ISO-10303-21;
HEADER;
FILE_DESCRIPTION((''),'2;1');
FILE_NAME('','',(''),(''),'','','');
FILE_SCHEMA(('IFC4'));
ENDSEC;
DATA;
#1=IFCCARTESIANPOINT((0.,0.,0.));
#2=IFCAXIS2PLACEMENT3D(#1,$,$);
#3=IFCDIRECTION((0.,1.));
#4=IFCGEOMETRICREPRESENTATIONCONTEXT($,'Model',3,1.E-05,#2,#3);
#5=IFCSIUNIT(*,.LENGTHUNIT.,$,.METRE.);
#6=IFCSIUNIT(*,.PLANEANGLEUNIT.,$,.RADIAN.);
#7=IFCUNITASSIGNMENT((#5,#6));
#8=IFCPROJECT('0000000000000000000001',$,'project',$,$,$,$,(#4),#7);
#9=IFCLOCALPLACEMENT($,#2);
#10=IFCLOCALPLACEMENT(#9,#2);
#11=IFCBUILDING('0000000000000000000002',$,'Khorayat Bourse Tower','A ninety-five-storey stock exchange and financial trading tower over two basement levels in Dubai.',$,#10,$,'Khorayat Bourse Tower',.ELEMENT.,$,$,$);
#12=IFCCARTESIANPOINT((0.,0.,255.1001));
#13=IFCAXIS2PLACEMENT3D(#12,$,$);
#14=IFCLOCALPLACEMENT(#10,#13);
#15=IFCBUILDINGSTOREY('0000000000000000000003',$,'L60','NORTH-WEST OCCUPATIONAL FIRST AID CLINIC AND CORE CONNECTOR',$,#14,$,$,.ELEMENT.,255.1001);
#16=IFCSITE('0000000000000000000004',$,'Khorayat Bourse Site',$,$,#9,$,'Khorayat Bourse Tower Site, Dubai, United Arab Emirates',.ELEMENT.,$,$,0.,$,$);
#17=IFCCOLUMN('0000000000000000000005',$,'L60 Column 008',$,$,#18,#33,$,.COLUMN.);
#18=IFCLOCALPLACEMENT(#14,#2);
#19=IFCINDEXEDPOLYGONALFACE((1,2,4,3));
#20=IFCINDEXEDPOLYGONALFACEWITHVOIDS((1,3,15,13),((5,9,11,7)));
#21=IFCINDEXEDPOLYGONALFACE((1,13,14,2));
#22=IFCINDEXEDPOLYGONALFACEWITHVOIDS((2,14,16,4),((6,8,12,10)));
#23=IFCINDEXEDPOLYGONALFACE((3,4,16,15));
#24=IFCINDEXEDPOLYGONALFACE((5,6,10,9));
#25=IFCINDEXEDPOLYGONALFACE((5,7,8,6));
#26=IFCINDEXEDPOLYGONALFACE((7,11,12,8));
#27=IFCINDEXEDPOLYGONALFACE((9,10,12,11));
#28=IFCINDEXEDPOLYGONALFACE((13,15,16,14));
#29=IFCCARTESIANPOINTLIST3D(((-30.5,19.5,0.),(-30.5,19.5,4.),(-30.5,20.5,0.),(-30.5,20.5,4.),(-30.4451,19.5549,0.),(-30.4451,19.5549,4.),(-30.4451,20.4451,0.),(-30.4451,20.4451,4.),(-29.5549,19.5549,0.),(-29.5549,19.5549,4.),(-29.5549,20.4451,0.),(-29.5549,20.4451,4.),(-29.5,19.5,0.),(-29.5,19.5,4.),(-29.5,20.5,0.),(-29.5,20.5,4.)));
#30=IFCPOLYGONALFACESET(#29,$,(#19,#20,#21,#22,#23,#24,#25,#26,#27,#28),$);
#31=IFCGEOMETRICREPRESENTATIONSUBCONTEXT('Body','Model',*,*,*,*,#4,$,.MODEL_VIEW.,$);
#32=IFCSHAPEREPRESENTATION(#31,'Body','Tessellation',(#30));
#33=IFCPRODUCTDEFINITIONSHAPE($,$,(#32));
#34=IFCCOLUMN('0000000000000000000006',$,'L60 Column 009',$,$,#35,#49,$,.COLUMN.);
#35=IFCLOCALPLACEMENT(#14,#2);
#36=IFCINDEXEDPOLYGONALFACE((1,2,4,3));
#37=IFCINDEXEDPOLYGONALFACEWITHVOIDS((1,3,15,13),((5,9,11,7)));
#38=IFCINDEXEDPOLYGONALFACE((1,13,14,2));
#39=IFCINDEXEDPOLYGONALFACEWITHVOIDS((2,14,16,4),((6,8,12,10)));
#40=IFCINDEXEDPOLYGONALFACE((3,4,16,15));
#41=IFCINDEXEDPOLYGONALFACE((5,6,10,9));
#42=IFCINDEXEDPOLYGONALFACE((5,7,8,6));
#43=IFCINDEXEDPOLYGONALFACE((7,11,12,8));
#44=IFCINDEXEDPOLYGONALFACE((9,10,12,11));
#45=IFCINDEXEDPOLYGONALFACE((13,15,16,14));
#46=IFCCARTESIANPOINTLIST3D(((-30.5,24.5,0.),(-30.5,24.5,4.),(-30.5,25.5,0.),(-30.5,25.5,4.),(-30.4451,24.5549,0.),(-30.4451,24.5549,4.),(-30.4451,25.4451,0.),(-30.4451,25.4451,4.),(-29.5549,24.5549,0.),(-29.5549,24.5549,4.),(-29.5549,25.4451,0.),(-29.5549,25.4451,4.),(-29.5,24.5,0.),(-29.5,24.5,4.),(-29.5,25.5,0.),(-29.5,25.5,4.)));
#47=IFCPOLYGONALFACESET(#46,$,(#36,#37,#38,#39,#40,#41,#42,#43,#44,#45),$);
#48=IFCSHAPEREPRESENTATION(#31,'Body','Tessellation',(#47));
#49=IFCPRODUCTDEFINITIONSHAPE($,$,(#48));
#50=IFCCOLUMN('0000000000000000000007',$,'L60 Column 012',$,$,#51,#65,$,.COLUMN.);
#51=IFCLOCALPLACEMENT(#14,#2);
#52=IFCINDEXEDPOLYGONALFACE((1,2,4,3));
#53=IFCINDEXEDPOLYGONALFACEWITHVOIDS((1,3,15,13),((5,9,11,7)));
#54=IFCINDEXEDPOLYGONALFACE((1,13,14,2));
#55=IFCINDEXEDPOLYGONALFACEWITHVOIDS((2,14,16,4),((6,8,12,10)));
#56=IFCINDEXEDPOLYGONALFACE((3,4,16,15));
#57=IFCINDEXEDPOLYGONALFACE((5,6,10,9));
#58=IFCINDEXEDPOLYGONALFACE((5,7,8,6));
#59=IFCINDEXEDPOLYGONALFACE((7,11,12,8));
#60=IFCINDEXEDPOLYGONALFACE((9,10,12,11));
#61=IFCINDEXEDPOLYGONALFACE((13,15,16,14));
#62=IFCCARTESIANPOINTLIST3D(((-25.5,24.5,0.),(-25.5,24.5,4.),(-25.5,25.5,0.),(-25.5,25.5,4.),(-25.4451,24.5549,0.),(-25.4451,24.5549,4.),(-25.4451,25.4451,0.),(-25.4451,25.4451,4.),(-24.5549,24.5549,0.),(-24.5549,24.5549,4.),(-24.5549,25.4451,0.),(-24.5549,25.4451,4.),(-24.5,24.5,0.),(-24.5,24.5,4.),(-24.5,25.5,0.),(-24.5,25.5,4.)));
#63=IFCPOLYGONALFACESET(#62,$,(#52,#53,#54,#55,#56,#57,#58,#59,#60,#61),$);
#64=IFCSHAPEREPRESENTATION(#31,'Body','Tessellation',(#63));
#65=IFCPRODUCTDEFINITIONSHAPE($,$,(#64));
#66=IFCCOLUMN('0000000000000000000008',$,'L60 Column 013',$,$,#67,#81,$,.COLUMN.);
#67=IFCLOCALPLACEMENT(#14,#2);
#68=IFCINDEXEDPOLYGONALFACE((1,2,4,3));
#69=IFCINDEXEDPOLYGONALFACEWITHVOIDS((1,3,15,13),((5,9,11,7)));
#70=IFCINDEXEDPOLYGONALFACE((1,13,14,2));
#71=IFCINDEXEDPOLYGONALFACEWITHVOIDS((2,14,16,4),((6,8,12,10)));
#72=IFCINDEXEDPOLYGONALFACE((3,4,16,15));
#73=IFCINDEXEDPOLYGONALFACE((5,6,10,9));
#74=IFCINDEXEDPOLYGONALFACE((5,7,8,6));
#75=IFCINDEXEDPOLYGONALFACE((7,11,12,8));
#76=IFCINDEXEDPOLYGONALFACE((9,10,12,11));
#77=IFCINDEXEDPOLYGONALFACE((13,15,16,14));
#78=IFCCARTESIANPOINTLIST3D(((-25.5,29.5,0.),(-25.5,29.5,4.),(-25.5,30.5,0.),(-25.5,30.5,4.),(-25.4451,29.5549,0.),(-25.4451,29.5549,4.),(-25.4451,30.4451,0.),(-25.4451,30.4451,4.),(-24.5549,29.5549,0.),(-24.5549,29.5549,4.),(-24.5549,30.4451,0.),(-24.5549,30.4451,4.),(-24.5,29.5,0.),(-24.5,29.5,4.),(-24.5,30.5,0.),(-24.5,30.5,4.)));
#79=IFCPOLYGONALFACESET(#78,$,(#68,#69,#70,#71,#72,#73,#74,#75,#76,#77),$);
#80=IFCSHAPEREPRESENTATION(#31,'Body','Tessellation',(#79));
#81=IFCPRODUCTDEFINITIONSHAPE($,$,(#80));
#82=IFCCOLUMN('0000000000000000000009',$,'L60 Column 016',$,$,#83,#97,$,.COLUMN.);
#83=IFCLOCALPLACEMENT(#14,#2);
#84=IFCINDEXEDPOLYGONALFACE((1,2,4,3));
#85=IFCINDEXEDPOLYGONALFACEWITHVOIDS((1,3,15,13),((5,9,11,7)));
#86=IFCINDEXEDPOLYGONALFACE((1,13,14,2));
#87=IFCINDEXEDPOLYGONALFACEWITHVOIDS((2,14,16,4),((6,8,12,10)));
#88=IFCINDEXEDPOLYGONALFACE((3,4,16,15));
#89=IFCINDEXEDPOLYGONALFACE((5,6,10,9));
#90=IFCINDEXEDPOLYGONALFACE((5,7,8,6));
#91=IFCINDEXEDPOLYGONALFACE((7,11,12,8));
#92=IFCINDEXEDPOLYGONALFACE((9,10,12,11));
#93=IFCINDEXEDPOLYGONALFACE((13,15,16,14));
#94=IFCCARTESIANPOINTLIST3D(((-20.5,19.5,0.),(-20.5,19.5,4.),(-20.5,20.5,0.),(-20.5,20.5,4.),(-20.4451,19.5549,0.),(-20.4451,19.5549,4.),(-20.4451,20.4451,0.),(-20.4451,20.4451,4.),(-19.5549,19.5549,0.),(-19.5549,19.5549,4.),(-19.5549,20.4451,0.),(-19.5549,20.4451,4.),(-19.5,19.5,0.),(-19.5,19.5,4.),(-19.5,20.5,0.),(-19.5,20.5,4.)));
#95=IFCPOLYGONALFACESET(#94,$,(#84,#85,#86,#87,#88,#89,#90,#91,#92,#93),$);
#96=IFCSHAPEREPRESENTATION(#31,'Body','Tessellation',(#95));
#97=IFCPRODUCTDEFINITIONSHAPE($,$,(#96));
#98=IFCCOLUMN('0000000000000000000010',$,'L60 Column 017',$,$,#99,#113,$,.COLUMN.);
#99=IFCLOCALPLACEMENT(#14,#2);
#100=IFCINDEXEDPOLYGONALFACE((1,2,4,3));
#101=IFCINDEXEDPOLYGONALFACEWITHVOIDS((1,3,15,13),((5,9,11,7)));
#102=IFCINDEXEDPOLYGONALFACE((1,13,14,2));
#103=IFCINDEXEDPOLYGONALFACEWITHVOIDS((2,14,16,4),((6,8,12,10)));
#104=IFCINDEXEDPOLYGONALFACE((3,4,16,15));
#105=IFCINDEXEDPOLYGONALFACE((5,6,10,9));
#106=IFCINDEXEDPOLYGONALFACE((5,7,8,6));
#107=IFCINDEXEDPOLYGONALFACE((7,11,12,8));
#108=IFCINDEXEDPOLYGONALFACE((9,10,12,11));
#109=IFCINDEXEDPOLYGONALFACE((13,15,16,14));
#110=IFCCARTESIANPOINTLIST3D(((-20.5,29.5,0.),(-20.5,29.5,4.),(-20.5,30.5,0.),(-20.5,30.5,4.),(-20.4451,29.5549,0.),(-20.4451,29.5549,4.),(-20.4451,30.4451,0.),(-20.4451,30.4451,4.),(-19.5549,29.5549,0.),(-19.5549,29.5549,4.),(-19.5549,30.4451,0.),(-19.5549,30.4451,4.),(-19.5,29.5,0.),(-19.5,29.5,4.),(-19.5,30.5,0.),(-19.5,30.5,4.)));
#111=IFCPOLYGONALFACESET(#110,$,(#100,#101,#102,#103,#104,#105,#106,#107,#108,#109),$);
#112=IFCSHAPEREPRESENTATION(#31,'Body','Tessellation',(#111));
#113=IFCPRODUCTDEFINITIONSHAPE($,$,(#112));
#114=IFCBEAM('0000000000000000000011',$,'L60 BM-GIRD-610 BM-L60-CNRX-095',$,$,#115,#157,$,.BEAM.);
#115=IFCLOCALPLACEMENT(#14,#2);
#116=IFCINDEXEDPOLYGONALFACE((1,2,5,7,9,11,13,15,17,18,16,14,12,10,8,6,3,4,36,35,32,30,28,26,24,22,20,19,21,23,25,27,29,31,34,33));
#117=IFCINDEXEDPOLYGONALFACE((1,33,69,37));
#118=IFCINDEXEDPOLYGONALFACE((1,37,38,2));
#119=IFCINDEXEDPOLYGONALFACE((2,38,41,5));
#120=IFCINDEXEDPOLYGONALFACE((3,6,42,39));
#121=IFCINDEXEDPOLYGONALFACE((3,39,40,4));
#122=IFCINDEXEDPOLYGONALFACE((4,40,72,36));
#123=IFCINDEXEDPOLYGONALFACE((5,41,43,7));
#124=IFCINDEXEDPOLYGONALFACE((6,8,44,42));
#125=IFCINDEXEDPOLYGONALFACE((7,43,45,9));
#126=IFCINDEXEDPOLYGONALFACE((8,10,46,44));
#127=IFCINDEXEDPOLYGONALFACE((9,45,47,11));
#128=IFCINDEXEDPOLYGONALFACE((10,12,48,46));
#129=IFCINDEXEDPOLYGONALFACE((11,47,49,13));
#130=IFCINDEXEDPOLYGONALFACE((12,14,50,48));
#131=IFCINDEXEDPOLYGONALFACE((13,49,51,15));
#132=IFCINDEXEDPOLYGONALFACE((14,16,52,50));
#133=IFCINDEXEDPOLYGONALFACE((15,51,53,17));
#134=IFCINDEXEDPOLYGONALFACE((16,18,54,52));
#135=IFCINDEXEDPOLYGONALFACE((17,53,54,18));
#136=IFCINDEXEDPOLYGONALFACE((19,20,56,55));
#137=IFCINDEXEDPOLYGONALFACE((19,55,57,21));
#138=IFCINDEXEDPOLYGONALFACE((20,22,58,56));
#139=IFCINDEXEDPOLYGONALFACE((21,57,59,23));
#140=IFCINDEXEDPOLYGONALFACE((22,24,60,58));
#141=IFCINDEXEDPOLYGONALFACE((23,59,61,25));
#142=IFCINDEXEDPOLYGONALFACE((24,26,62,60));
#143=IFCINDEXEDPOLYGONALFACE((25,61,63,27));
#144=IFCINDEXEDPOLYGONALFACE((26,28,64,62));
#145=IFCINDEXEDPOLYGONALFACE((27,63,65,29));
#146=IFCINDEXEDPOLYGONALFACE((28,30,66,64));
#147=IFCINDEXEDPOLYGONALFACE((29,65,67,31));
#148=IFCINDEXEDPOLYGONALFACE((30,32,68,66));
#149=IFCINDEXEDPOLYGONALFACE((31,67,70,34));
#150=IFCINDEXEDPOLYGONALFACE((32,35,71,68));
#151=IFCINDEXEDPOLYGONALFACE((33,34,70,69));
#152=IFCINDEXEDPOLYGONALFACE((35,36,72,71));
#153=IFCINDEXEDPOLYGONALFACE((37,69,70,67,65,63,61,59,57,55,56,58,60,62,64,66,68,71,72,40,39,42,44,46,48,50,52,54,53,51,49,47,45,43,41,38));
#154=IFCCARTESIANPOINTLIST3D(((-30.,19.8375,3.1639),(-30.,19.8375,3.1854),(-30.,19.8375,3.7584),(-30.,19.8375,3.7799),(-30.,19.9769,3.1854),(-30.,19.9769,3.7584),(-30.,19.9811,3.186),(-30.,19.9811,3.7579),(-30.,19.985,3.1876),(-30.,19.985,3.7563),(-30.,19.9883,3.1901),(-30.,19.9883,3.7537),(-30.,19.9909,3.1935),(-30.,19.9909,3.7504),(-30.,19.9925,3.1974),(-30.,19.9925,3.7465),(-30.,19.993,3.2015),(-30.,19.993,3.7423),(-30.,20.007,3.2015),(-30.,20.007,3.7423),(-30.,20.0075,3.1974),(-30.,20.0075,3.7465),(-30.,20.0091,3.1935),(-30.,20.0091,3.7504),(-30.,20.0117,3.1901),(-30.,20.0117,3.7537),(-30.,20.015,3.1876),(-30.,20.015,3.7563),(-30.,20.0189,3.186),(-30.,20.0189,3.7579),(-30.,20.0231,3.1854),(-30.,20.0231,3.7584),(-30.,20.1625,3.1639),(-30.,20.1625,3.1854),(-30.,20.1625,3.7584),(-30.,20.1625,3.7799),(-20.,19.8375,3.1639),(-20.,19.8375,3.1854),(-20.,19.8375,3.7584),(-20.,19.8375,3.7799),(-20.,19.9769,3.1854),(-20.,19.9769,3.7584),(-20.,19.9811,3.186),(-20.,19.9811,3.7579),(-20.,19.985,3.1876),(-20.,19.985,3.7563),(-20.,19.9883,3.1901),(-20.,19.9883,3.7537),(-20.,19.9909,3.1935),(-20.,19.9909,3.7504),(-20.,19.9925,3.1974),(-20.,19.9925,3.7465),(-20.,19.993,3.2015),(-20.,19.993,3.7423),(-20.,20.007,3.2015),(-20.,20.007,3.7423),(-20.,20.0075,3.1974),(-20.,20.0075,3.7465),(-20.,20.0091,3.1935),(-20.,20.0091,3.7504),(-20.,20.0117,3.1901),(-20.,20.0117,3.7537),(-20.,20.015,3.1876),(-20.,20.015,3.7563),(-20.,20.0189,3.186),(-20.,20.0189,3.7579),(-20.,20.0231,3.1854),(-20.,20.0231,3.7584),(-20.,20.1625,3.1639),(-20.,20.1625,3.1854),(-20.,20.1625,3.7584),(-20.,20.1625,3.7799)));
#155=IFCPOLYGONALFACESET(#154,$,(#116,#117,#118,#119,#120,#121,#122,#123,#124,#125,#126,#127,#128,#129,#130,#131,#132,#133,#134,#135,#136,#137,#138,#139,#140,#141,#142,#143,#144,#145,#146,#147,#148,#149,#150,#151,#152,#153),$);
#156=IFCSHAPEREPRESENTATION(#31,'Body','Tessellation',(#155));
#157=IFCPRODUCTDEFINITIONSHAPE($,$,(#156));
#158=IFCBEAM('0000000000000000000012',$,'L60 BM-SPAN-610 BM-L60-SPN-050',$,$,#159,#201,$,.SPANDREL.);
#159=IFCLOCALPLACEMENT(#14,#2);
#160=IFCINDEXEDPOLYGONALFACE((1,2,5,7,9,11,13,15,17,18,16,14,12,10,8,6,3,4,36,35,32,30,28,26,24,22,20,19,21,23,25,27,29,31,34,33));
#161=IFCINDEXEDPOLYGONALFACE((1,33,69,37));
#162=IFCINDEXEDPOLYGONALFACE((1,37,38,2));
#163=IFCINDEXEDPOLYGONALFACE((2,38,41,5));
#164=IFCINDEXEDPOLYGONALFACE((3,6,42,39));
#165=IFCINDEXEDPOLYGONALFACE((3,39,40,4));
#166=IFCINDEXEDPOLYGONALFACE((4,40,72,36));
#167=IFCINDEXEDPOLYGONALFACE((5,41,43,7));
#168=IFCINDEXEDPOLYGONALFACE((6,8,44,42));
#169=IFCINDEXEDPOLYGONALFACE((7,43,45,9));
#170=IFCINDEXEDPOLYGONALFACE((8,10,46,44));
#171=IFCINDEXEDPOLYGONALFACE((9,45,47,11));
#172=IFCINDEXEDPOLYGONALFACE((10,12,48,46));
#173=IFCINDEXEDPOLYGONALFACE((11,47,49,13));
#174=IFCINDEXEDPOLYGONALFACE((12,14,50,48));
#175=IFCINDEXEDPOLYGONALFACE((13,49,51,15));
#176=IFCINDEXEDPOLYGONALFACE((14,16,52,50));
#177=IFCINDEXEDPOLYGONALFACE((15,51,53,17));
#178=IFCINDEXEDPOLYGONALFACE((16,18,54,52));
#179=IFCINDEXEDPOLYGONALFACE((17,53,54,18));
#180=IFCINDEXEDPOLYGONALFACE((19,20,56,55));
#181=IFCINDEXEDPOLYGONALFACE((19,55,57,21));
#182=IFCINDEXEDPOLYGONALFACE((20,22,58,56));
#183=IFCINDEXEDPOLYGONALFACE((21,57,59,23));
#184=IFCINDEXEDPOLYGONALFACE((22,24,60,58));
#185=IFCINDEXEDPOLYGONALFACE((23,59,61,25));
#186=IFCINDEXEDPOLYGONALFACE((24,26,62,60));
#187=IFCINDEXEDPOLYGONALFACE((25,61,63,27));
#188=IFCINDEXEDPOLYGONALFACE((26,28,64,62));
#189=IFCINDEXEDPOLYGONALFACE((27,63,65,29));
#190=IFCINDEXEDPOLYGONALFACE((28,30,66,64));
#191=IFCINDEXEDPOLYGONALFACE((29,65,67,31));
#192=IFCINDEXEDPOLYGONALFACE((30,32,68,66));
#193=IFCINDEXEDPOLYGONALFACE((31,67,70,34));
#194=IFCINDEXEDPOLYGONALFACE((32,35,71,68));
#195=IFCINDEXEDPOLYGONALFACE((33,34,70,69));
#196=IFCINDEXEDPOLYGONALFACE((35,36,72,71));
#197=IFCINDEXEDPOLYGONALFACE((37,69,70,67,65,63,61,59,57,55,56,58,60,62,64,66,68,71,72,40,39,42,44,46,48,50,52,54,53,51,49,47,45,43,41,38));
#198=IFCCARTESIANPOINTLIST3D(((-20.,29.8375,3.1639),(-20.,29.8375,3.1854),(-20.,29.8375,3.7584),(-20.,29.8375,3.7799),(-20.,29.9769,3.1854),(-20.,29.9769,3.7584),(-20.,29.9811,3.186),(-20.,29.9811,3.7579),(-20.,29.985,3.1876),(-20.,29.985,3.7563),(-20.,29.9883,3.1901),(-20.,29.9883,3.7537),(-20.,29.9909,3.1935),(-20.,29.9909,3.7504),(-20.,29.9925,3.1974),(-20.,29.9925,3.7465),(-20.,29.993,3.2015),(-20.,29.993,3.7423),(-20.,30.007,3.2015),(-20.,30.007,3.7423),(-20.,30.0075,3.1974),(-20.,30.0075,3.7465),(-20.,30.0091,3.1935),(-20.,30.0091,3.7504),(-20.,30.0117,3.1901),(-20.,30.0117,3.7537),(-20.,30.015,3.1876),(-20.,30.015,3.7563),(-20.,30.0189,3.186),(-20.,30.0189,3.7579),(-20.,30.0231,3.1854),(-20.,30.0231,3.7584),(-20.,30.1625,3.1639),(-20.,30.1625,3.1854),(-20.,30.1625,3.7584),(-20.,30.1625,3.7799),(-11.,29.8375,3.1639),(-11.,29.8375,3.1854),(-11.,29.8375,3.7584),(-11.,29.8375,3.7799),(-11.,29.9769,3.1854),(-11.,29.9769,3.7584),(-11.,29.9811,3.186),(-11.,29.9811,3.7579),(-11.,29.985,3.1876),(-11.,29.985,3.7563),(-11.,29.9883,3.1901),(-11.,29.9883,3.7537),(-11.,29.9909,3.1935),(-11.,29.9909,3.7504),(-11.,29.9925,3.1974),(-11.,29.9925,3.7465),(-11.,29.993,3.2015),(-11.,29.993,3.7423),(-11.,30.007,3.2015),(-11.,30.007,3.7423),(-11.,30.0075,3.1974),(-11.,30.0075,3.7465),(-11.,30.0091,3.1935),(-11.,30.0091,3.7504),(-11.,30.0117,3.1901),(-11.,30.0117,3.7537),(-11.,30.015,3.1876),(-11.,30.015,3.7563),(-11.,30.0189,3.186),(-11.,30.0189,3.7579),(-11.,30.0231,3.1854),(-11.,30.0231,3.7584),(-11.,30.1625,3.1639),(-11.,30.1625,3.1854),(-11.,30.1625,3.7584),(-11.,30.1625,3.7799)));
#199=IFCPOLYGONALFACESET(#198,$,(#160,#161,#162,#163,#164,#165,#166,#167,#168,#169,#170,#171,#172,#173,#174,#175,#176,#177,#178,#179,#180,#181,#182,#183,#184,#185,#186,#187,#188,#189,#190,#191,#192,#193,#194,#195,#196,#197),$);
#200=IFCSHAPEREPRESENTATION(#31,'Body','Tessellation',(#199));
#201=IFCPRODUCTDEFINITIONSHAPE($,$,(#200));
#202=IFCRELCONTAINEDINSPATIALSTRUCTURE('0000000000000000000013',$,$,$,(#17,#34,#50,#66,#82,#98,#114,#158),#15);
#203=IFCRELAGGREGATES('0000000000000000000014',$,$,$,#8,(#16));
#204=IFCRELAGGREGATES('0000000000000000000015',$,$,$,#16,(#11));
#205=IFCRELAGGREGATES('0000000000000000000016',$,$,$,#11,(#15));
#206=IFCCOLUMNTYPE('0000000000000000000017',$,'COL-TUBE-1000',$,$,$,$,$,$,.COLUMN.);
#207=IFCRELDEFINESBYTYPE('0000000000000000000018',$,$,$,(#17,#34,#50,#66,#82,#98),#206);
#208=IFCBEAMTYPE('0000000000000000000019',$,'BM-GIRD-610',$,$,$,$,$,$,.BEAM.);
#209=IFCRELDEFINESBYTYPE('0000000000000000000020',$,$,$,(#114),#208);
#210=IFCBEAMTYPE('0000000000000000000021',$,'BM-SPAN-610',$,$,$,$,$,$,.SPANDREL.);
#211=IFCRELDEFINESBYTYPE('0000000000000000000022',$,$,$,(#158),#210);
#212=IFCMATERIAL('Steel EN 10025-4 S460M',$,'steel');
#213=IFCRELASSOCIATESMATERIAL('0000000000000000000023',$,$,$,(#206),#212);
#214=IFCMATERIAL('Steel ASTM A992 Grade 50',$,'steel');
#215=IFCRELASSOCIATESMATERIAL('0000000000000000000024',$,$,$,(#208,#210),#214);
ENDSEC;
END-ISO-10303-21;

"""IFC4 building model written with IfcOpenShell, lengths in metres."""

from ifc_helpers import new_model, si_unit, direction, frame, origin, origin_2d, place, context, subcontext, project, spatial, hollow_rectangle, i_section, extrude, source, transform, mapped, material, material_profile, profile_set, type_object, element, save


model = new_model("IFC4")

# Units and contexts
model_context = context("Model", 3, precision=1e-05, world=origin(), true_north=direction((0.0, 1.0)))
body_context = subcontext(model_context, "Body", "Model", "MODEL_VIEW")
ifc_project = project(units=[si_unit("LENGTHUNIT", "METRE"), si_unit("PLANEANGLEUNIT", "RADIAN")], contexts=[model_context])

# Site, building, storey
site_placement = place(None, origin())
site = spatial("IfcSite", under=ifc_project, at=site_placement, Name="Khorayat Bourse Site", LongName="Khorayat Bourse Tower Site, Dubai, United Arab Emirates", CompositionType="ELEMENT", RefElevation=0.0)
building_placement = place(site_placement, origin())
building = spatial("IfcBuilding", under=site, at=building_placement, Name="Khorayat Bourse Tower", Description="A ninety-five-storey stock exchange and financial trading tower over two basement levels in Dubai.", LongName="Khorayat Bourse Tower", CompositionType="ELEMENT")
storey_placement = place(building_placement, frame((0.0, 0.0, 255.1001)))
storey = spatial("IfcBuildingStorey", under=building, at=storey_placement, Name="L60", Description="NORTH-WEST OCCUPATIONAL FIRST AID CLINIC AND CORE CONNECTOR", CompositionType="ELEMENT", Elevation=255.1001)

# Columns
ifc_material_1 = material(Name="Steel EN 10025-4 S460M", Category="steel")
ifc_material_profile_1 = material_profile(ifc_material_1, hollow_rectangle(XDim=1.0, YDim=1.0, WallThickness=0.0549, at=origin_2d()), Name="BOX 1000x1000x55")
ifc_profile_set_1 = profile_set([ifc_material_profile_1], Name="Steel EN 10025-4 S460M")
column_type = type_object("IfcColumnType", Name="COL-TUBE-1000", PredefinedType="COLUMN", material=ifc_profile_set_1)
shared_shape_1 = source(origin(), body_context, "Body", "SweptSolid", [
    extrude(hollow_rectangle(XDim=1.0, YDim=1.0, WallThickness=0.0549, at=origin_2d()), origin(), (0.0, 0.0, 1.0), 4.0),
])
for number, where, z_axis, x_axis, name in (
    (1, (-30.0, 20.0, 0.0), (0.0, 0.0, 1.0), (1.0, 0.0, 0.0), "L60 Column 008"),
    (2, (-30.0, 25.0, 0.0), (0.0, 0.0, 1.0), (1.0, 0.0, 0.0), "L60 Column 009"),
    (3, (-25.0, 25.0, 0.0), (0.0, 0.0, 1.0), (1.0, 0.0, 0.0), "L60 Column 012"),
    (4, (-25.0, 30.0, 0.0), (0.0, 0.0, 1.0), (1.0, 0.0, 0.0), "L60 Column 013"),
    (5, (-20.0, 20.0, 0.0), (0.0, 0.0, 1.0), (1.0, 0.0, 0.0), "L60 Column 016"),
    (6, (-20.0, 30.0, 0.0), (0.0, 0.0, 1.0), (1.0, 0.0, 0.0), "L60 Column 017"),
):
    element("IfcColumn", number, at=place(storey_placement, frame(where, z_axis=z_axis, x_axis=x_axis)), inside=storey, type_object=column_type, Name=name, PredefinedType="COLUMN", context=body_context, shape_type="MappedRepresentation", body=[
        mapped(shared_shape_1, transform((0.0, 0.0, 0.0), scale=1.0)),
    ])

# Beams
ifc_material_2 = material(Name="Steel ASTM A992 Grade 50", Category="steel")
ifc_material_profile_2 = material_profile(ifc_material_2, i_section(OverallWidth=0.325, OverallDepth=0.616, WebThickness=0.0139, FlangeThickness=0.0215, FilletRadius=0.0161, at=origin_2d()), Name="W610X174")
ifc_profile_set_2 = profile_set([ifc_material_profile_2], Name="Steel ASTM A992 Grade 50")
beam_type_1 = type_object("IfcBeamType", Name="BM-GIRD-610", PredefinedType="BEAM", material=ifc_profile_set_2)
shared_shape_2 = source(origin(), body_context, "Body", "SweptSolid", [
    extrude(i_section(OverallWidth=0.325, OverallDepth=0.616, WebThickness=0.0139, FlangeThickness=0.0215, FilletRadius=0.0161, at=origin_2d()), origin(), (0.0, 0.0, 1.0), 10.0),
])
beam_1_placement = place(storey_placement, frame((-30.0, 20.0, 3.4719), z_axis=(1.0, 0.0, 0.0), x_axis=(0.0, 1.0, 0.0)))
element("IfcBeam", 7, at=beam_1_placement, inside=storey, type_object=beam_type_1, Name="L60 BM-GIRD-610 BM-L60-CNRX-095", PredefinedType="BEAM", context=body_context, shape_type="MappedRepresentation", body=[
    mapped(shared_shape_2, transform((0.0, 0.0, 0.0), scale=1.0)),
])
ifc_material_profile_3 = material_profile(ifc_material_2, i_section(OverallWidth=0.325, OverallDepth=0.616, WebThickness=0.0139, FlangeThickness=0.0215, FilletRadius=0.0161, at=origin_2d()), Name="W610X174")
ifc_profile_set_3 = profile_set([ifc_material_profile_3], Name="Steel ASTM A992 Grade 50")
beam_type_2 = type_object("IfcBeamType", Name="BM-SPAN-610", PredefinedType="SPANDREL", material=ifc_profile_set_3)
shared_shape_3 = source(origin(), body_context, "Body", "SweptSolid", [
    extrude(i_section(OverallWidth=0.325, OverallDepth=0.616, WebThickness=0.0139, FlangeThickness=0.0215, FilletRadius=0.0161, at=origin_2d()), origin(), (0.0, 0.0, 1.0), 9.0),
])
beam_2_placement = place(storey_placement, frame((-20.0, 30.0, 3.4719), z_axis=(1.0, 0.0, 0.0), x_axis=(0.0, 1.0, 0.0)))
element("IfcBeam", 8, at=beam_2_placement, inside=storey, type_object=beam_type_2, Name="L60 BM-SPAN-610 BM-L60-SPN-050", PredefinedType="SPANDREL", context=body_context, shape_type="MappedRepresentation", body=[
    mapped(shared_shape_3, transform((0.0, 0.0, 0.0), scale=1.0)),
])

save(model, "model.ifc")
